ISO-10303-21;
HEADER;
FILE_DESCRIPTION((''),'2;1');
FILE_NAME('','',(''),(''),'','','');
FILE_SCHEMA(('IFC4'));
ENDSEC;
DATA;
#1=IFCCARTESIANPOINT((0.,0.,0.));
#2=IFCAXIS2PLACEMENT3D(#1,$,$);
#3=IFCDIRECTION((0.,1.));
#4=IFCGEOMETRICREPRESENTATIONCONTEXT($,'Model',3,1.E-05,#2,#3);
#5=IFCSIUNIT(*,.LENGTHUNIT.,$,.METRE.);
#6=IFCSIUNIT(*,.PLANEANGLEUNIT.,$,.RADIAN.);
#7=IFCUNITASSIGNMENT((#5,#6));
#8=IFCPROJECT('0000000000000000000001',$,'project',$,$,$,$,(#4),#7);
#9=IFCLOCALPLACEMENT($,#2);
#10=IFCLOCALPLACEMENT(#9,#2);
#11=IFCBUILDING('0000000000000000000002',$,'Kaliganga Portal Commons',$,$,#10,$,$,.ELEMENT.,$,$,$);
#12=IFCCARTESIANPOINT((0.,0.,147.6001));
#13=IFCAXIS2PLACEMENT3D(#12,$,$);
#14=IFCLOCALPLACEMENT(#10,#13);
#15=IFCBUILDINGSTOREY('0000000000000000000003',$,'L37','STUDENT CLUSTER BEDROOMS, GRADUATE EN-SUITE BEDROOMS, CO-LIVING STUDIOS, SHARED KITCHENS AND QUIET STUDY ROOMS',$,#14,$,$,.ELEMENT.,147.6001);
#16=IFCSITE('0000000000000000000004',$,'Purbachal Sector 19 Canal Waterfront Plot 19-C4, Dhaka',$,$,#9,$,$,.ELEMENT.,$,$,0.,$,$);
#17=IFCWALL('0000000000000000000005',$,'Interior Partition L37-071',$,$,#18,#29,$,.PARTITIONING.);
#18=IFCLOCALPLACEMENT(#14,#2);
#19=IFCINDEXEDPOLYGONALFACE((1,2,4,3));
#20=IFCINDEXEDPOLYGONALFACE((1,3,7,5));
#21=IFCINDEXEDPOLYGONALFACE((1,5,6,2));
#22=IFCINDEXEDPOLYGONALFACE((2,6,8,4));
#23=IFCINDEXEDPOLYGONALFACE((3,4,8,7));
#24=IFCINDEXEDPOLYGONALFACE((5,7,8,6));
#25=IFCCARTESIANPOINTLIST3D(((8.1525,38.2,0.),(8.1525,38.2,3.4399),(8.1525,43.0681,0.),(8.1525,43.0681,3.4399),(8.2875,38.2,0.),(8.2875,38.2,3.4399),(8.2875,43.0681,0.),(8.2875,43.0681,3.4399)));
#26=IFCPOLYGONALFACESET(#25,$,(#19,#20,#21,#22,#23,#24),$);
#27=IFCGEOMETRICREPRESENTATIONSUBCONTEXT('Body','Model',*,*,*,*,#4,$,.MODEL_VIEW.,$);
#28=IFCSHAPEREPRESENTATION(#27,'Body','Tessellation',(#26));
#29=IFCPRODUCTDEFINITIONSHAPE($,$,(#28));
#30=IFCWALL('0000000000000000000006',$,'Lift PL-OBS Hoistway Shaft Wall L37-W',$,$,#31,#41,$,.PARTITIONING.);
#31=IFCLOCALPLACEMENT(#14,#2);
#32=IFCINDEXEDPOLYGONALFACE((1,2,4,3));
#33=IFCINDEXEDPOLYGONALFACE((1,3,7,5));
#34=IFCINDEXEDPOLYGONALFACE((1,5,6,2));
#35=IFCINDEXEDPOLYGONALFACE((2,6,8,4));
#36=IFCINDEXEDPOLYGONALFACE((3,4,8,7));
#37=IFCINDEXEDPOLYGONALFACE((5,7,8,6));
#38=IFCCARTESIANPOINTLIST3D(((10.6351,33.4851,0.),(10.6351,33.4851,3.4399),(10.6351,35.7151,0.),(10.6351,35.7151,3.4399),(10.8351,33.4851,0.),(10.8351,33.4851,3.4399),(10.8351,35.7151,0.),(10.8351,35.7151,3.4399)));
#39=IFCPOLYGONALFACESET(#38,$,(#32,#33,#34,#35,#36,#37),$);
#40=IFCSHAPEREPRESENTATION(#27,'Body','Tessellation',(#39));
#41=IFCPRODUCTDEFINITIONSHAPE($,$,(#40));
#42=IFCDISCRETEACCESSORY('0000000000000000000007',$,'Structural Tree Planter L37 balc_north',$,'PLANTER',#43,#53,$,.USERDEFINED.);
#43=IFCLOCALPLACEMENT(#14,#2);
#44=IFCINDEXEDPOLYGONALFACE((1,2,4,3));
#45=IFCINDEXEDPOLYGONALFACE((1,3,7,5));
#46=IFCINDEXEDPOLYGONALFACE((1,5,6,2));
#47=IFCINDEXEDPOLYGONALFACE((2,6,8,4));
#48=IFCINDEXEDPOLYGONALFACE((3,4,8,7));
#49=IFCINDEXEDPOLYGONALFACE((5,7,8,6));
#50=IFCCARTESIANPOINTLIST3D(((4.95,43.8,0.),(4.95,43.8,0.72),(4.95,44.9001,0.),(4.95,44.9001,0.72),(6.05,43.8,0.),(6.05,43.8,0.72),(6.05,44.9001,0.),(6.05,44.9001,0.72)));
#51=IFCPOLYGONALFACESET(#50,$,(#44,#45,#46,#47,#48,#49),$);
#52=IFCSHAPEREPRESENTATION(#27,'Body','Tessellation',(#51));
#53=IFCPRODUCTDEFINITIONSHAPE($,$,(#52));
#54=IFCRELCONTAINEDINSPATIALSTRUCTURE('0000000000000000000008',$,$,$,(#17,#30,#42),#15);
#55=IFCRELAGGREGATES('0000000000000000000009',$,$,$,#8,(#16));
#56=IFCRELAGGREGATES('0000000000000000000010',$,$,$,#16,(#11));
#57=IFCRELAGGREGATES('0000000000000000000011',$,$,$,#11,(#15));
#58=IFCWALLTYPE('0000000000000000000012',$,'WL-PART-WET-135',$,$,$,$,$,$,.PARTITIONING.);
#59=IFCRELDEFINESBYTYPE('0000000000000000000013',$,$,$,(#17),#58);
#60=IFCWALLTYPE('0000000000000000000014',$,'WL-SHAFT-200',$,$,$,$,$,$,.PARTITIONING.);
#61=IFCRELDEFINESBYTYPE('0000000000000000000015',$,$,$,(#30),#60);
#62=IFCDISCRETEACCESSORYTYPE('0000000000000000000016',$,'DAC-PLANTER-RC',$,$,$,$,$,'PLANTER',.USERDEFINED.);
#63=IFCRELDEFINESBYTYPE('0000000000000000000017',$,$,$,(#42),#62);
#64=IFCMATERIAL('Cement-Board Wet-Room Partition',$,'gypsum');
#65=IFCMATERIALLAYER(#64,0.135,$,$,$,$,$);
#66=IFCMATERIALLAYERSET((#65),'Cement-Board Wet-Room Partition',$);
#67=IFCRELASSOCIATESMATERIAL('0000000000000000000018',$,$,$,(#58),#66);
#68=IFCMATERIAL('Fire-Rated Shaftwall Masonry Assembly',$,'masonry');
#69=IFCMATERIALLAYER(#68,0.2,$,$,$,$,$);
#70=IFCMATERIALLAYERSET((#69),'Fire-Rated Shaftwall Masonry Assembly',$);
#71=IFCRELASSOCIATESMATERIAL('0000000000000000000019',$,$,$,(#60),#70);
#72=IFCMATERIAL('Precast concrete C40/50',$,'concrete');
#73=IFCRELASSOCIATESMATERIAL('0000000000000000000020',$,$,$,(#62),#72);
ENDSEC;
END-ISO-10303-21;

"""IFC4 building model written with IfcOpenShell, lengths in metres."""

from ifc_helpers import new_model, si_unit, direction, frame, frame_2d, origin, origin_2d, place, context, subcontext, project, spatial, rectangle, extrude, source, transform, mapped, material, layer, layer_set, type_object, element, save


model = new_model("IFC4")

# Units and contexts
model_context = context("Model", 3, precision=1e-05, world=origin(), true_north=direction((0.0, 1.0)))
body_context = subcontext(model_context, "Body", "Model", "MODEL_VIEW")
ifc_project = project(units=[si_unit("LENGTHUNIT", "METRE"), si_unit("PLANEANGLEUNIT", "RADIAN")], contexts=[model_context])

# Site, building, storey
site_placement = place(None, origin())
site = spatial("IfcSite", under=ifc_project, at=site_placement, Name="Purbachal Sector 19 Canal Waterfront Plot 19-C4, Dhaka", CompositionType="ELEMENT", RefElevation=0.0)
building_placement = place(site_placement, origin())
building = spatial("IfcBuilding", under=site, at=building_placement, Name="Kaliganga Portal Commons", CompositionType="ELEMENT")
storey_placement = place(building_placement, frame((0.0, 0.0, 147.6001)))
storey = spatial("IfcBuildingStorey", under=building, at=storey_placement, Name="L37", Description="STUDENT CLUSTER BEDROOMS, GRADUATE EN-SUITE BEDROOMS, CO-LIVING STUDIOS, SHARED KITCHENS AND QUIET STUDY ROOMS", CompositionType="ELEMENT", Elevation=147.6001)

# Walls
ifc_material_1 = material(Name="Cement-Board Wet-Room Partition", Category="gypsum")
ifc_layer_1 = layer(ifc_material_1, 0.135)
ifc_layer_set_1 = layer_set([ifc_layer_1], Name="Cement-Board Wet-Room Partition")
wall_type_1 = type_object("IfcWallType", Name="WL-PART-WET-135", PredefinedType="PARTITIONING", material=ifc_layer_set_1)
wall_1_placement = place(storey_placement, frame((8.22, 38.2, 0.0), z_axis=(0.0, 0.0, 1.0), x_axis=(0.0, 1.0, 0.0)))
element("IfcWall", 1, at=wall_1_placement, inside=storey, type_object=wall_type_1, Name="Interior Partition L37-071", PredefinedType="PARTITIONING", context=body_context, shape_type="SweptSolid", body=[
    extrude(rectangle(XDim=4.8682, YDim=0.135, at=frame_2d((2.4341, 0.0))), origin(), (0.0, 0.0, 1.0), 3.4399),
])
ifc_material_2 = material(Name="Fire-Rated Shaftwall Masonry Assembly", Category="masonry")
ifc_layer_2 = layer(ifc_material_2, 0.2)
ifc_layer_set_2 = layer_set([ifc_layer_2], Name="Fire-Rated Shaftwall Masonry Assembly")
wall_type_2 = type_object("IfcWallType", Name="WL-SHAFT-200", PredefinedType="PARTITIONING", material=ifc_layer_set_2)
wall_2_placement = place(storey_placement, frame((10.7351, 33.4851, 0.0), z_axis=(0.0, 0.0, 1.0), x_axis=(0.0, 1.0, 0.0)))
element("IfcWall", 2, at=wall_2_placement, inside=storey, type_object=wall_type_2, Name="Lift PL-OBS Hoistway Shaft Wall L37-W", PredefinedType="PARTITIONING", context=body_context, shape_type="SweptSolid", body=[
    extrude(rectangle(XDim=2.23, YDim=0.2, at=frame_2d((1.115, 0.0))), origin(), (0.0, 0.0, 1.0), 3.4399),
])

# Discrete accessory
ifc_material_3 = material(Name="Precast concrete C40/50", Category="concrete")
discrete_accessory_type = type_object("IfcDiscreteAccessoryType", Name="DAC-PLANTER-RC", ElementType="PLANTER", PredefinedType="USERDEFINED", material=ifc_material_3)
shared_shape_1 = source(origin(), body_context, "Body", "SweptSolid", [
    extrude(rectangle(XDim=1.1001, YDim=1.1001, at=origin_2d()), origin(), (0.0, 0.0, 1.0), 0.72),
])
discrete_accessory_placement = place(storey_placement, frame((5.5, 44.3501, 0.0), z_axis=(0.0, 0.0, 1.0), x_axis=(1.0, 0.0, 0.0)))
element("IfcDiscreteAccessory", 3, at=discrete_accessory_placement, inside=storey, type_object=discrete_accessory_type, Name="Structural Tree Planter L37 balc_north", ObjectType="PLANTER", PredefinedType="USERDEFINED", context=body_context, shape_type="MappedRepresentation", body=[
    mapped(shared_shape_1, transform((0.0, 0.0, 0.0), x_axis=(1.0, 0.0, 0.0), y_axis=(0.0, 1.0, 0.0), z_axis=(0.0, 0.0, 1.0), scale=1.0)),
])

save(model, "model.ifc")
